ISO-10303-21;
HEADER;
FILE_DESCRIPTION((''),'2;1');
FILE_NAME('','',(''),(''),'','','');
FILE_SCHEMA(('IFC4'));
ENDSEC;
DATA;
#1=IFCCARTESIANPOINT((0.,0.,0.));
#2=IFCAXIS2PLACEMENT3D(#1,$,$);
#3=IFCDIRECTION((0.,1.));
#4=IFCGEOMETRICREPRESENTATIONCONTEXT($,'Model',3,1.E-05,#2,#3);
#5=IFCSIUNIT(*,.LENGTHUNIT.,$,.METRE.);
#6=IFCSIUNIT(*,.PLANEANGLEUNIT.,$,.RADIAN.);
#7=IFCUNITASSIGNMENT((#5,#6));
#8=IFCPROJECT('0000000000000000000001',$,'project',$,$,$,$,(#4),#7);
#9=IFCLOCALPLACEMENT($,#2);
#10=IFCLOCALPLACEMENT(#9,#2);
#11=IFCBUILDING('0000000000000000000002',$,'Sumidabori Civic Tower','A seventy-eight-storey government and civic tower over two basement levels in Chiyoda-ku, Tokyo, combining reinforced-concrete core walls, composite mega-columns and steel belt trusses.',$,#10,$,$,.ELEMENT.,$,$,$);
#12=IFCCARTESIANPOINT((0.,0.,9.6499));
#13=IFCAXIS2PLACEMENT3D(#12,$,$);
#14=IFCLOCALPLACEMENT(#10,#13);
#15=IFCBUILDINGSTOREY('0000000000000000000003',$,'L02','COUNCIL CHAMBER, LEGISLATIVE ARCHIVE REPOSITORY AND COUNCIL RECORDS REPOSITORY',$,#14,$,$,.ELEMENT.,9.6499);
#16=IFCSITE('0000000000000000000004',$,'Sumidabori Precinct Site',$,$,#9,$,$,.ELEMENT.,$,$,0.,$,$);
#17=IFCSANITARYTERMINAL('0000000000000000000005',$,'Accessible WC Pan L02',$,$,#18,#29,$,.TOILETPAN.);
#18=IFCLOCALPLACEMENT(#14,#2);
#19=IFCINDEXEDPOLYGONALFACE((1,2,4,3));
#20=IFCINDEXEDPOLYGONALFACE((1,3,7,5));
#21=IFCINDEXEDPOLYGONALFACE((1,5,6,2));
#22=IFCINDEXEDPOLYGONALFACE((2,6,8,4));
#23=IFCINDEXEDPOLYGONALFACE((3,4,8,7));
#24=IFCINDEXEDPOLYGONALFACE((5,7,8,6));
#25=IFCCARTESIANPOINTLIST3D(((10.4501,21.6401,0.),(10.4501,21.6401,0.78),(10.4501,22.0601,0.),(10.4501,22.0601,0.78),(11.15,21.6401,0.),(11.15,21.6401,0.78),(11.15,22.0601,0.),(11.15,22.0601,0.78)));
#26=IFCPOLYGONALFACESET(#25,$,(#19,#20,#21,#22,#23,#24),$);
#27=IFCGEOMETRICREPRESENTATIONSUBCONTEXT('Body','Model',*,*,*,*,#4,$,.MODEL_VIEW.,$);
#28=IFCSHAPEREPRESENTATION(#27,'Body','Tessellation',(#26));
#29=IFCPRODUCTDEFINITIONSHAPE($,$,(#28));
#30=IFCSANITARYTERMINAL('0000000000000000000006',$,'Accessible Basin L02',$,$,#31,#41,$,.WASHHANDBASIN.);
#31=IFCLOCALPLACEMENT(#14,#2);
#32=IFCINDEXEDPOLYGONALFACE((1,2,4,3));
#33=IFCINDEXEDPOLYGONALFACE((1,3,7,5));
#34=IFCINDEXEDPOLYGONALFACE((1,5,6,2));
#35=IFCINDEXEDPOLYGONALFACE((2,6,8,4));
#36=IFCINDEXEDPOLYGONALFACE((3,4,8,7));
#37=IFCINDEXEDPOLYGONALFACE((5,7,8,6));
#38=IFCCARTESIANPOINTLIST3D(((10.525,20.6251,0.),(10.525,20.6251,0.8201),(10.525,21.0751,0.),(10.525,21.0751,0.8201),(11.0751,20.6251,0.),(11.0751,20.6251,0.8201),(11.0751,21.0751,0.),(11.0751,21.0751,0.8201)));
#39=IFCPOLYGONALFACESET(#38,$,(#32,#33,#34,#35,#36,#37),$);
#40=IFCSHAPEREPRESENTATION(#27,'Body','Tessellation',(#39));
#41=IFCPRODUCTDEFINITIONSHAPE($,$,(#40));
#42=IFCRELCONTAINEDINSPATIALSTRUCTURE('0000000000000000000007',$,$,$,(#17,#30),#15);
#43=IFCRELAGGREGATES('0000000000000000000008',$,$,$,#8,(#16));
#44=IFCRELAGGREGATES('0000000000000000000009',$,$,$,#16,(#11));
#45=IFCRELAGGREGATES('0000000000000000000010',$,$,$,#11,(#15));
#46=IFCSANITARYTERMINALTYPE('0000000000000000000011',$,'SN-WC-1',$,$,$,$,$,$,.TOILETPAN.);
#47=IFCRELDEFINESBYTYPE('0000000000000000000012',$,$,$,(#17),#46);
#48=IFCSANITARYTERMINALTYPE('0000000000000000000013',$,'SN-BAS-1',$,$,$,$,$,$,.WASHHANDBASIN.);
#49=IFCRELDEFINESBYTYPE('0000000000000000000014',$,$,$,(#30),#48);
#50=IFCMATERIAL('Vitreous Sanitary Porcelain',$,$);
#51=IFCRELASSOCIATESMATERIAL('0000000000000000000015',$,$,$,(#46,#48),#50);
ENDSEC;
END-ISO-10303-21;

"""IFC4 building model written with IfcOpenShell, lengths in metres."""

from ifc_helpers import new_model, si_unit, direction, frame, origin, origin_2d, place, context, subcontext, project, spatial, rectangle, extrude, source, transform, mapped, material, type_object, element, save


model = new_model("IFC4")

# Units and contexts
model_context = context("Model", 3, precision=1e-05, world=origin(), true_north=direction((0.0, 1.0)))
body_context = subcontext(model_context, "Body", "Model", "MODEL_VIEW")
ifc_project = project(units=[si_unit("LENGTHUNIT", "METRE"), si_unit("PLANEANGLEUNIT", "RADIAN")], contexts=[model_context])

# Site, building, storey
site_placement = place(None, origin())
site = spatial("IfcSite", under=ifc_project, at=site_placement, Name="Sumidabori Precinct Site", CompositionType="ELEMENT", RefElevation=0.0)
building_placement = place(site_placement, origin())
building = spatial("IfcBuilding", under=site, at=building_placement, Name="Sumidabori Civic Tower", Description="A seventy-eight-storey government and civic tower over two basement levels in Chiyoda-ku, Tokyo, combining reinforced-concrete core walls, composite mega-columns and steel belt trusses.", CompositionType="ELEMENT")
storey_placement = place(building_placement, frame((0.0, 0.0, 9.6499)))
storey = spatial("IfcBuildingStorey", under=building, at=storey_placement, Name="L02", Description="COUNCIL CHAMBER, LEGISLATIVE ARCHIVE REPOSITORY AND COUNCIL RECORDS REPOSITORY", CompositionType="ELEMENT", Elevation=9.6499)

# Sanitary terminals
ifc_material_1 = material(Name="Vitreous Sanitary Porcelain")
sanitary_terminal_type_1 = type_object("IfcSanitaryTerminalType", Name="SN-WC-1", PredefinedType="TOILETPAN", material=ifc_material_1)
shared_shape_1 = source(origin(), body_context, "Body", "SweptSolid", [
    extrude(rectangle(XDim=0.7, YDim=0.4199, at=origin_2d()), origin(), (0.0, 0.0, 1.0), 0.78),
])
sanitary_terminal_1_placement = place(storey_placement, frame((10.8, 21.8501, 0.0), z_axis=(0.0, 0.0, 1.0), x_axis=(1.0, 0.0, 0.0)))
element("IfcSanitaryTerminal", 1, at=sanitary_terminal_1_placement, inside=storey, type_object=sanitary_terminal_type_1, Name="Accessible WC Pan L02", PredefinedType="TOILETPAN", context=body_context, shape_type="MappedRepresentation", body=[
    mapped(shared_shape_1, transform((0.0, 0.0, 0.0), x_axis=(1.0, 0.0, 0.0), y_axis=(0.0, 1.0, 0.0), z_axis=(0.0, 0.0, 1.0), scale=1.0)),
])
sanitary_terminal_type_2 = type_object("IfcSanitaryTerminalType", Name="SN-BAS-1", PredefinedType="WASHHANDBASIN", material=ifc_material_1)
shared_shape_2 = source(origin(), body_context, "Body", "SweptSolid", [
    extrude(rectangle(XDim=0.55, YDim=0.45, at=origin_2d()), origin(), (0.0, 0.0, 1.0), 0.8201),
])
sanitary_terminal_2_placement = place(storey_placement, frame((10.8, 20.8501, 0.0), z_axis=(0.0, 0.0, 1.0), x_axis=(1.0, 0.0, 0.0)))
element("IfcSanitaryTerminal", 2, at=sanitary_terminal_2_placement, inside=storey, type_object=sanitary_terminal_type_2, Name="Accessible Basin L02", PredefinedType="WASHHANDBASIN", context=body_context, shape_type="MappedRepresentation", body=[
    mapped(shared_shape_2, transform((0.0, 0.0, 0.0), x_axis=(1.0, 0.0, 0.0), y_axis=(0.0, 1.0, 0.0), z_axis=(0.0, 0.0, 1.0), scale=1.0)),
])

save(model, "model.ifc")
